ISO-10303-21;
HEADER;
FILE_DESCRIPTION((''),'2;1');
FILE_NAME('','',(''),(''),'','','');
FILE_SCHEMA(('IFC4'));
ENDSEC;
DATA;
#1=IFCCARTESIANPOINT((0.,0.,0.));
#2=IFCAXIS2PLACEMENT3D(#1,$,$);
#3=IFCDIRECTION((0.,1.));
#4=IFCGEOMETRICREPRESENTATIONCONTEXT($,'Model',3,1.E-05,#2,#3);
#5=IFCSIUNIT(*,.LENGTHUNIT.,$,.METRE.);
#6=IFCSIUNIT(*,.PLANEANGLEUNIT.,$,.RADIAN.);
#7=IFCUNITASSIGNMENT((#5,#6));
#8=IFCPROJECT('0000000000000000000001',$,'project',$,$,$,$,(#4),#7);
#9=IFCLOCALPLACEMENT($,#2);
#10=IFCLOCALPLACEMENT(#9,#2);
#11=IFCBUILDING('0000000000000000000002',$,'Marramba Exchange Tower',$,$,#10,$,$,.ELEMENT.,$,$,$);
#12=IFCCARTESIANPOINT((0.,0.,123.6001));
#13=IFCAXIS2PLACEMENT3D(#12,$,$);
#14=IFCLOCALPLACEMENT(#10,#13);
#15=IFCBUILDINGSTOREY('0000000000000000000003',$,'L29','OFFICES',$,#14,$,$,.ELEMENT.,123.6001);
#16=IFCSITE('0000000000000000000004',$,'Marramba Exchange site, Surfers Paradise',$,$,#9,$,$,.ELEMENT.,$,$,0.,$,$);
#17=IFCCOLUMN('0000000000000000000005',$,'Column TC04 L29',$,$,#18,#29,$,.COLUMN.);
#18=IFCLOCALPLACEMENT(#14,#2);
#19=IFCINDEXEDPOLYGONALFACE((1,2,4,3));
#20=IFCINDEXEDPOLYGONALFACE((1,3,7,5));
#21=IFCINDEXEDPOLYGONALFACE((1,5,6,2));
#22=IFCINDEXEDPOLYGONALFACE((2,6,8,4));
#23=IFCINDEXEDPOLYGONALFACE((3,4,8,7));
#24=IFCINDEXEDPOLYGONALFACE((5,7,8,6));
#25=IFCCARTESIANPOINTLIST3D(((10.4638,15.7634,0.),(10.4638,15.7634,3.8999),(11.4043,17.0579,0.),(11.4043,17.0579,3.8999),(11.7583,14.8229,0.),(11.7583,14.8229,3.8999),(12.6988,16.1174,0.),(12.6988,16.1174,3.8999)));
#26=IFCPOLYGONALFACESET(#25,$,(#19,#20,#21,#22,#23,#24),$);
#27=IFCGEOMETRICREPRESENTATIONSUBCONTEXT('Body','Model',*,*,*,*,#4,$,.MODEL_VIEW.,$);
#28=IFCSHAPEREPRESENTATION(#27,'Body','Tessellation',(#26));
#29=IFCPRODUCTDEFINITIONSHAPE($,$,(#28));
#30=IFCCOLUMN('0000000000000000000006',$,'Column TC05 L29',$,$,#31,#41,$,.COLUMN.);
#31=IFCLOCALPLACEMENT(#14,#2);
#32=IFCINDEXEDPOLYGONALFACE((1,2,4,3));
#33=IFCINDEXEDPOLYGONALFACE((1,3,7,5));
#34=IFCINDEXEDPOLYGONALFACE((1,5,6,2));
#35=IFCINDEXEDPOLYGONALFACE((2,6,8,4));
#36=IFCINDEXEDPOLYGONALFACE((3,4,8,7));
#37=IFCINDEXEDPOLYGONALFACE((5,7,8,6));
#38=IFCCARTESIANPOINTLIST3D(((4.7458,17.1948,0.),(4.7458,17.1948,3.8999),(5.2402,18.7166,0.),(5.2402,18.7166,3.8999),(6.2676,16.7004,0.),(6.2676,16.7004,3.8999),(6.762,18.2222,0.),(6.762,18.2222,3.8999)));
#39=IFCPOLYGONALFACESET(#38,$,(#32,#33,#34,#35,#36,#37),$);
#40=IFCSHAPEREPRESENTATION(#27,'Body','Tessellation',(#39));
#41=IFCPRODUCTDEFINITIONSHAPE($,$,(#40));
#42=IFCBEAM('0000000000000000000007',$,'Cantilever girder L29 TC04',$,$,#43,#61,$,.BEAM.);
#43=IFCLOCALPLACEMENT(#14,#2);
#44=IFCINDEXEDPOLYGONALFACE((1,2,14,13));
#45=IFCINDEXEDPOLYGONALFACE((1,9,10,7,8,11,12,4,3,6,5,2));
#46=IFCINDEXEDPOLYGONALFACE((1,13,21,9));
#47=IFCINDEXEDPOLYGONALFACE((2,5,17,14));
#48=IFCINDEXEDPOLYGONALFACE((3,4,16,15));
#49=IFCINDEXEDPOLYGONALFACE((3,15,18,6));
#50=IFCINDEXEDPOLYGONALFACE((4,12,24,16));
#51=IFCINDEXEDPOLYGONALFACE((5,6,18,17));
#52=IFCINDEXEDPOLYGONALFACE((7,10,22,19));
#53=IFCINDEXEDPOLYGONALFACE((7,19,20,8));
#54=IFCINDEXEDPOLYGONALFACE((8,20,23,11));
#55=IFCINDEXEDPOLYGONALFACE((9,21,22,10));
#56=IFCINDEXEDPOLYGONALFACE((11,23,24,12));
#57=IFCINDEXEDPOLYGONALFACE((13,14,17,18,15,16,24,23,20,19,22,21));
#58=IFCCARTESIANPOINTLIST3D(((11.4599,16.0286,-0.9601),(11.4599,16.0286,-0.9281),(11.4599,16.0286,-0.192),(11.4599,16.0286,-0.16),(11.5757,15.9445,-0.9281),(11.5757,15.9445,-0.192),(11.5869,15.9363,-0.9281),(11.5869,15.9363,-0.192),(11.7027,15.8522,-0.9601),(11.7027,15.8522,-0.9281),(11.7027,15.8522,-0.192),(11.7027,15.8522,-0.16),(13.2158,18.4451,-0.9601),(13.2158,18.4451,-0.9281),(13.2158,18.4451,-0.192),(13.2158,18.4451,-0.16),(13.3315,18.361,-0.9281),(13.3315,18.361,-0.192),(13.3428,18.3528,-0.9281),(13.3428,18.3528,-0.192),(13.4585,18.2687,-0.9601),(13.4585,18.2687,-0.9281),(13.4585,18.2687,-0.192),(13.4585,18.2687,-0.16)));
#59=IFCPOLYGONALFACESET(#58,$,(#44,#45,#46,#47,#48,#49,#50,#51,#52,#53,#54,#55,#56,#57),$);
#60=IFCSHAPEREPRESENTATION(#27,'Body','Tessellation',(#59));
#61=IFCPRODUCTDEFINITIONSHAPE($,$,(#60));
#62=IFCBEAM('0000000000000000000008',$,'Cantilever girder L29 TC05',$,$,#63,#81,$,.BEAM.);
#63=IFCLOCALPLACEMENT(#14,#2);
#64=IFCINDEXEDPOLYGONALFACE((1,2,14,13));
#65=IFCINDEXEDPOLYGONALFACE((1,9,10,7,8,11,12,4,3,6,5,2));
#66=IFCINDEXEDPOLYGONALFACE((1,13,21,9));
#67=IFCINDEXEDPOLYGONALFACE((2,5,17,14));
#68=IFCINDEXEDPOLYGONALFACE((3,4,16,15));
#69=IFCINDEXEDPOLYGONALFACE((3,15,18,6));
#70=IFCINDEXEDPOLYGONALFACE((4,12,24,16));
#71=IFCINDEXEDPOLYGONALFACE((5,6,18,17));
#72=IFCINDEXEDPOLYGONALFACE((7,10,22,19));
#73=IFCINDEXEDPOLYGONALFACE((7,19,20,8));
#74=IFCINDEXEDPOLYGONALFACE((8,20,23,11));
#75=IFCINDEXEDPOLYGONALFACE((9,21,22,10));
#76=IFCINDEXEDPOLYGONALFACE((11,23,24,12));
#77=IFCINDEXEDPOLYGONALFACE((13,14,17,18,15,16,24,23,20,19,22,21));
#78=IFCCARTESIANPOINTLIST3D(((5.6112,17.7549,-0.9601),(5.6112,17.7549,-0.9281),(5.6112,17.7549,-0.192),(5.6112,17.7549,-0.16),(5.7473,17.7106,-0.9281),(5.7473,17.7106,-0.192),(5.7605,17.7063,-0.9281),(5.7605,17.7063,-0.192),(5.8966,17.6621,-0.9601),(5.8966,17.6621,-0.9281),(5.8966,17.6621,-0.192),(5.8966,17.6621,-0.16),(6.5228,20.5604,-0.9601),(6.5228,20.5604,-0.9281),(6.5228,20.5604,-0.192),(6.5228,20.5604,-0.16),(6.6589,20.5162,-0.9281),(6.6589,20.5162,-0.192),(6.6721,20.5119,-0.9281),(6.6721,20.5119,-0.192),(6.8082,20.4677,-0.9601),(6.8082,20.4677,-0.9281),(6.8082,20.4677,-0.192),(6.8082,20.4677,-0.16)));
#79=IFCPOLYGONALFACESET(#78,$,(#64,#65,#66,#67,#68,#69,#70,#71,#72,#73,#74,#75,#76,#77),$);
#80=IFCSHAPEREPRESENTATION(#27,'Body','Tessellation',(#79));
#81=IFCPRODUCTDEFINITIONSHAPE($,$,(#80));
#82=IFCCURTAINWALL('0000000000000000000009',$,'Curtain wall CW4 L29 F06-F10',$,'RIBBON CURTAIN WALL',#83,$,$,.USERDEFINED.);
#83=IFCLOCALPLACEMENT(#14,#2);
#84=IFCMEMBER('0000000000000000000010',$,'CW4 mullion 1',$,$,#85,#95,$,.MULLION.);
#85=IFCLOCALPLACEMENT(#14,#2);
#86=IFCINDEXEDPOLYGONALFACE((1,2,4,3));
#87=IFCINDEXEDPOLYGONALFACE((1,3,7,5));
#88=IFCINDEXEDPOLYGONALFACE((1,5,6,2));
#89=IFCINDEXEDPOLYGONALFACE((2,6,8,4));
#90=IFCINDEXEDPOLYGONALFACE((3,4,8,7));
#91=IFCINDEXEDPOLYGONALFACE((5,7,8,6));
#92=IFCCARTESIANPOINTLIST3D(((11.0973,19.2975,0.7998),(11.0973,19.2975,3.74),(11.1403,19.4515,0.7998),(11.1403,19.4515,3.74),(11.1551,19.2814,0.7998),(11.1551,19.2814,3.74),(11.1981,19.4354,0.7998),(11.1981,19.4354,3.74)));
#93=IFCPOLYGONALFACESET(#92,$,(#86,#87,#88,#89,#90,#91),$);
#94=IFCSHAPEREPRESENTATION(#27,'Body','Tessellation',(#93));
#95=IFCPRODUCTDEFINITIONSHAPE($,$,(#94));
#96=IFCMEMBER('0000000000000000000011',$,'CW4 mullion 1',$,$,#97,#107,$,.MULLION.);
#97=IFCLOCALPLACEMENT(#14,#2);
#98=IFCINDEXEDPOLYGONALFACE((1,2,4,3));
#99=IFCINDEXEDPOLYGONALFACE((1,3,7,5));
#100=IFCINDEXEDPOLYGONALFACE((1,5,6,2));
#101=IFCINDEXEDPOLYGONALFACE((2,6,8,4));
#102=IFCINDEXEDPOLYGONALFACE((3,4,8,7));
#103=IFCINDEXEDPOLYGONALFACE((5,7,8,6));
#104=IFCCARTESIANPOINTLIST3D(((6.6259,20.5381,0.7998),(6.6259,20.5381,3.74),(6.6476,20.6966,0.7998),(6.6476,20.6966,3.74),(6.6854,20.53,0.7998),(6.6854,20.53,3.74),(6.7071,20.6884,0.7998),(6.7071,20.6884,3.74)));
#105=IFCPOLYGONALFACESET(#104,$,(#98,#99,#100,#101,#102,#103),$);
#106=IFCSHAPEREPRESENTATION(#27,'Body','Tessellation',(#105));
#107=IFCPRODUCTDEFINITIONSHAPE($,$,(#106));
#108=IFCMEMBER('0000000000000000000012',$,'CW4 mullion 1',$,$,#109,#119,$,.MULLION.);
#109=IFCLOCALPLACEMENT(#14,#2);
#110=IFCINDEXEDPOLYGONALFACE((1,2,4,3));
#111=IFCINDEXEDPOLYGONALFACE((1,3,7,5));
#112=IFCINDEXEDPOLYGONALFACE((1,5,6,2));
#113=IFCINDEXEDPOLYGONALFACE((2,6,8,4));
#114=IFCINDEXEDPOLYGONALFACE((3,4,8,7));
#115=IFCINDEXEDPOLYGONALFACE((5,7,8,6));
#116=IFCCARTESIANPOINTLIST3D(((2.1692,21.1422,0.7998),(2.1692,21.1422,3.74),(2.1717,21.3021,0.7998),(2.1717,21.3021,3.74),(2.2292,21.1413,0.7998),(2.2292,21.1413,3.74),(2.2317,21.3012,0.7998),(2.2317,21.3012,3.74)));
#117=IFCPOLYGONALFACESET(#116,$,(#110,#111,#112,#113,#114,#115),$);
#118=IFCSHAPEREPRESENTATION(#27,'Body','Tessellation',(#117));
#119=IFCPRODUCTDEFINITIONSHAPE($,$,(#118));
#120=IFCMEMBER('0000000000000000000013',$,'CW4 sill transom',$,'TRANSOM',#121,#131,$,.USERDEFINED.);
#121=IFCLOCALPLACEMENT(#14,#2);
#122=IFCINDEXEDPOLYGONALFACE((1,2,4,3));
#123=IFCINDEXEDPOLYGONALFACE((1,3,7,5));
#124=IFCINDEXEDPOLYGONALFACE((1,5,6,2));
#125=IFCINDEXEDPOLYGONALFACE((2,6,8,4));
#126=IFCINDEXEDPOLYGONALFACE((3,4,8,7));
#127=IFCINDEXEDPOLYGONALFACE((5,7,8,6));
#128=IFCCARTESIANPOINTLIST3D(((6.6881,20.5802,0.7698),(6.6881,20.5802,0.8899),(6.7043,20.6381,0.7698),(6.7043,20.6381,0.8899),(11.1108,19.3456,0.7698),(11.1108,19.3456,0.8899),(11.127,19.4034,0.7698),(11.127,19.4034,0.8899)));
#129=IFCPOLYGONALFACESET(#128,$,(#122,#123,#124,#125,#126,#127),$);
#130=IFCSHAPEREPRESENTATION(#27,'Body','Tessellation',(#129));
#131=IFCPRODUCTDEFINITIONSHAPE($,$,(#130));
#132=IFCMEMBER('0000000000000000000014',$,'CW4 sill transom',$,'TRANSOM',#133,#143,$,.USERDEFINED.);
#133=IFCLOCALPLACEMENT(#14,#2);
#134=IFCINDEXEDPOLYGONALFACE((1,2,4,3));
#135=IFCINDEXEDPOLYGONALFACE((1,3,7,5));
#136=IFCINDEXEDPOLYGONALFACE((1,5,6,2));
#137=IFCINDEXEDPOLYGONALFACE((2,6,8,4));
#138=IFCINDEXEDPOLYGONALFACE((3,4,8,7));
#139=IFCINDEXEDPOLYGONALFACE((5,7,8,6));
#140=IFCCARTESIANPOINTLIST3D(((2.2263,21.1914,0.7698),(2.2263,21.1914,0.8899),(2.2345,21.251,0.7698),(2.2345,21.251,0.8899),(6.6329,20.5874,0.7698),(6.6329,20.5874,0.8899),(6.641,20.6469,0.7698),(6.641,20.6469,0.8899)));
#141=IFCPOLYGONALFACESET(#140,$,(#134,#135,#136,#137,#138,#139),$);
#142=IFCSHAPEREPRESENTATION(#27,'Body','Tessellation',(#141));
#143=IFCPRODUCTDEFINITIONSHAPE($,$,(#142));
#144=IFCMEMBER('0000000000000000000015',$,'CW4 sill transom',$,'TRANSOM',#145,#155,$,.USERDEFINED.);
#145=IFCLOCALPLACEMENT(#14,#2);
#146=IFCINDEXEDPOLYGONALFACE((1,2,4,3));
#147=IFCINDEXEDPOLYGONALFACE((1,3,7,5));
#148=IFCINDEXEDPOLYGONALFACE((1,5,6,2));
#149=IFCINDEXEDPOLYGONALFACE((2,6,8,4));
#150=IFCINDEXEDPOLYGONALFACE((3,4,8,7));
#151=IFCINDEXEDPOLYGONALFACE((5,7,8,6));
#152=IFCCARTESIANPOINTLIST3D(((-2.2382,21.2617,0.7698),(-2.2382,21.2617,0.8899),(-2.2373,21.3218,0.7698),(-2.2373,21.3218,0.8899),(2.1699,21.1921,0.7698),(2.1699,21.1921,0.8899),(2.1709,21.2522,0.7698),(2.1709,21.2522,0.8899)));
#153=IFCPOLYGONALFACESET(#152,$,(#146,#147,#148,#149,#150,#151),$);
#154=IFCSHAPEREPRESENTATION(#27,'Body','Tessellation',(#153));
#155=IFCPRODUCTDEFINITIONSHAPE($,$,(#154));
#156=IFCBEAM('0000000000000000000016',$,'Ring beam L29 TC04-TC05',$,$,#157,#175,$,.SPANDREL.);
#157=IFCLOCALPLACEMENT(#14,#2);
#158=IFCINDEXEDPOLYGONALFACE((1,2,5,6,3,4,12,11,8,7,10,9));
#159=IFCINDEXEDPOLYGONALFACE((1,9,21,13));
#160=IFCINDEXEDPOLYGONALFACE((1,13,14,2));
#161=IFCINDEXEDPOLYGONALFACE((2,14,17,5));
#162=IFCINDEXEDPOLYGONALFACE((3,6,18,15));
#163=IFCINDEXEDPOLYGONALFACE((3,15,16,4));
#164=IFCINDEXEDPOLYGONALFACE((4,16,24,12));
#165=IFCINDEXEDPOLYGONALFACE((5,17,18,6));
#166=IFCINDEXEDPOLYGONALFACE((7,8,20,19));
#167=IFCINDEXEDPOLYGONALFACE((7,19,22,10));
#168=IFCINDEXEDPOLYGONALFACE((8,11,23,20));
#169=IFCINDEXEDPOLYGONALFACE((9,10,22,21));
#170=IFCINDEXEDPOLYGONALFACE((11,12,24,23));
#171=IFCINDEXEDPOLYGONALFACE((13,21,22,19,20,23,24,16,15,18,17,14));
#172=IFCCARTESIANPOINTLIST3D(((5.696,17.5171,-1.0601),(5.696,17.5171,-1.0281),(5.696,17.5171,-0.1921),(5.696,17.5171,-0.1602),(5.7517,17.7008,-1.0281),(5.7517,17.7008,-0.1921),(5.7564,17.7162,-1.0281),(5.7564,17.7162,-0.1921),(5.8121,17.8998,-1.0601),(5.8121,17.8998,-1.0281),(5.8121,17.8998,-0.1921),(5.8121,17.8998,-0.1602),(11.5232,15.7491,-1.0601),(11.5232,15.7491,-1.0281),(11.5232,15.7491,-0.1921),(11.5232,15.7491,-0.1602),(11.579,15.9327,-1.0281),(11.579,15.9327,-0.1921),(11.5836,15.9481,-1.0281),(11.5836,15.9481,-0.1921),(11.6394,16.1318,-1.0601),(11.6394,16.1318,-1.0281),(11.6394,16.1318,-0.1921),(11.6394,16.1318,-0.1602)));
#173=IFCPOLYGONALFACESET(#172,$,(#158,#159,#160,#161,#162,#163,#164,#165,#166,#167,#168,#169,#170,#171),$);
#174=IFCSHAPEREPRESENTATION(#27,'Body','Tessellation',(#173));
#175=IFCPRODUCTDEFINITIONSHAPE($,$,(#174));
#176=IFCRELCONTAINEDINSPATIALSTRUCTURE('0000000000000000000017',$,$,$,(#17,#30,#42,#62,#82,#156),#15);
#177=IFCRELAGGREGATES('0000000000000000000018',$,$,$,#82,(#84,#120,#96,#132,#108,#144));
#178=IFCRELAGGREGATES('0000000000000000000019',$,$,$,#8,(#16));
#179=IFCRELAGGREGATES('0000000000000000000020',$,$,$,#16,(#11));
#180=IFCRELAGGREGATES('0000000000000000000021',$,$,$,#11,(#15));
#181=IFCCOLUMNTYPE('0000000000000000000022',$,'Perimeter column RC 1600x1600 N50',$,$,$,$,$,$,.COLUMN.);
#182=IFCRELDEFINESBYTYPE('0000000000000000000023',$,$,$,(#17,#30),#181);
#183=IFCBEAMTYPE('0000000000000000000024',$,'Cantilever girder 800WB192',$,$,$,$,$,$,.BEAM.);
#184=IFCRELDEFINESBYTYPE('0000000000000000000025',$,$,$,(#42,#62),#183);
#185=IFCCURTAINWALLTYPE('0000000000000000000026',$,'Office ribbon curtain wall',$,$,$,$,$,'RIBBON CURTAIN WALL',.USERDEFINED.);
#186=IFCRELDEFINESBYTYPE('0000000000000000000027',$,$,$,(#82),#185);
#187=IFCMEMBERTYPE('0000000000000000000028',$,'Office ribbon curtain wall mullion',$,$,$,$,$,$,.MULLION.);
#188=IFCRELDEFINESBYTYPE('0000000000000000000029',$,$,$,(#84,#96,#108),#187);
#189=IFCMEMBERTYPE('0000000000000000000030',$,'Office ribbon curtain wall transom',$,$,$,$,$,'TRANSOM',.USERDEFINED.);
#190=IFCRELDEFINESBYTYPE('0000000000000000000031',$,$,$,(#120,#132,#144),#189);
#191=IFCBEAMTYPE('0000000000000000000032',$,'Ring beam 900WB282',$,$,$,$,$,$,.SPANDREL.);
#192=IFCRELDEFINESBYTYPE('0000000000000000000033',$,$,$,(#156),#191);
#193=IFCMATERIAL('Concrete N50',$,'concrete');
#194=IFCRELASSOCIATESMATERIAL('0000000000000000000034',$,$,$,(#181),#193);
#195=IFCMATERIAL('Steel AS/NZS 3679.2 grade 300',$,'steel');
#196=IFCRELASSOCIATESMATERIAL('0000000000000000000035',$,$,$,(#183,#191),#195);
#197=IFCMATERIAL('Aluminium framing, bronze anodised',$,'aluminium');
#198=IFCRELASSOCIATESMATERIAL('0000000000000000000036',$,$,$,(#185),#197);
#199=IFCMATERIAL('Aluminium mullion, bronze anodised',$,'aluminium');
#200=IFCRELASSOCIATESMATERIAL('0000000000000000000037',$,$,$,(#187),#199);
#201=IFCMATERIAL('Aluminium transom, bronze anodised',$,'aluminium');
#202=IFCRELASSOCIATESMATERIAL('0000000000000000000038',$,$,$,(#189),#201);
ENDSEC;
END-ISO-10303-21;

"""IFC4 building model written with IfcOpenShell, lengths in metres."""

from ifc_helpers import new_model, si_unit, direction, frame, origin, origin_2d, place, context, subcontext, project, spatial, rectangle, i_section, extrude, material, material_profile, profile_set, type_object, element, aggregate, save


model = new_model("IFC4")

# Units and contexts
model_context = context("Model", 3, precision=1e-05, world=origin(), true_north=direction((0.0, 1.0)))
body_context = subcontext(model_context, "Body", "Model", "MODEL_VIEW")
ifc_project = project(units=[si_unit("LENGTHUNIT", "METRE"), si_unit("PLANEANGLEUNIT", "RADIAN")], contexts=[model_context])

# Site, building, storey
site_placement = place(None, origin())
site = spatial("IfcSite", under=ifc_project, at=site_placement, Name="Marramba Exchange site, Surfers Paradise", CompositionType="ELEMENT", RefElevation=0.0)
building_placement = place(site_placement, origin())
building = spatial("IfcBuilding", under=site, at=building_placement, Name="Marramba Exchange Tower", CompositionType="ELEMENT")
storey_placement = place(building_placement, frame((0.0, 0.0, 123.6001)))
storey = spatial("IfcBuildingStorey", under=building, at=storey_placement, Name="L29", Description="OFFICES", CompositionType="ELEMENT", Elevation=123.6001)

# Columns
ifc_material_1 = material(Name="Concrete N50", Category="concrete")
ifc_material_profile_1 = material_profile(ifc_material_1, rectangle(XDim=1.6001, YDim=1.6001, at=origin_2d()), Name="RC 1600x1600")
ifc_profile_set_1 = profile_set([ifc_material_profile_1], Name="Concrete N50")
column_type = type_object("IfcColumnType", Name="Perimeter column RC 1600x1600 N50", PredefinedType="COLUMN", material=ifc_profile_set_1)
for number, where, z_axis, x_axis, name in (
    (1, (11.5813, 15.9404, 0.0), (0.0, 0.0, 1.0), (0.587785, 0.809017, 0.0), "Column TC04 L29"),
    (2, (5.7539, 17.7085, 0.0), (0.0, 0.0, 1.0), (0.309017, 0.951057, 0.0), "Column TC05 L29"),
):
    element("IfcColumn", number, at=place(storey_placement, frame(where, z_axis=z_axis, x_axis=x_axis)), inside=storey, type_object=column_type, Name=name, PredefinedType="COLUMN", context=body_context, shape_type="SweptSolid", body=[
        extrude(rectangle(XDim=1.6001, YDim=1.6001, at=origin_2d()), origin(), (0.0, 0.0, 1.0), 3.8999),
    ])

# Beams
ifc_material_2 = material(Name="Steel AS/NZS 3679.2 grade 300", Category="steel")
ifc_material_profile_2 = material_profile(ifc_material_2, i_section(OverallWidth=0.3, OverallDepth=0.8, WebThickness=0.0139, FlangeThickness=0.032, at=origin_2d()), Name="800WB192")
ifc_profile_set_2 = profile_set([ifc_material_profile_2], Name="Steel AS/NZS 3679.2 grade 300")
beam_type_1 = type_object("IfcBeamType", Name="Cantilever girder 800WB192", PredefinedType="BEAM", material=ifc_profile_set_2)
beam_1_placement = place(storey_placement, frame((11.5813, 15.9404, -0.5601), z_axis=(0.587822, 0.80899, 0.0), x_axis=(-0.80899, 0.587822, 0.0)))
element("IfcBeam", 3, at=beam_1_placement, inside=storey, type_object=beam_type_1, Name="Cantilever girder L29 TC04", PredefinedType="BEAM", context=body_context, shape_type="SweptSolid", body=[
    extrude(i_section(OverallWidth=0.3, OverallDepth=0.8, WebThickness=0.0139, FlangeThickness=0.032, at=origin_2d()), origin(), (0.0, 0.0, 1.0), 2.9871),
])
beam_2_placement = place(storey_placement, frame((5.7539, 17.7085, -0.5601), z_axis=(0.309019, 0.951056, 0.0), x_axis=(-0.951056, 0.309019, 0.0)))
element("IfcBeam", 4, at=beam_2_placement, inside=storey, type_object=beam_type_1, Name="Cantilever girder L29 TC05", PredefinedType="BEAM", context=body_context, shape_type="SweptSolid", body=[
    extrude(i_section(OverallWidth=0.3, OverallDepth=0.8, WebThickness=0.0139, FlangeThickness=0.032, at=origin_2d()), origin(), (0.0, 0.0, 1.0), 2.95),
])

# Curtain wall, members
ifc_material_3 = material(Name="Aluminium framing, bronze anodised", Category="aluminium")
curtain_wall_type = type_object("IfcCurtainWallType", Name="Office ribbon curtain wall", ElementType="RIBBON CURTAIN WALL", PredefinedType="USERDEFINED", material=ifc_material_3)
curtain_wall_1_placement = place(storey_placement, origin())
curtain_wall_1 = element("IfcCurtainWall", 5, at=curtain_wall_1_placement, inside=storey, type_object=curtain_wall_type, Name="Curtain wall CW4 L29 F06-F10", ObjectType="RIBBON CURTAIN WALL", PredefinedType="USERDEFINED")
ifc_material_4 = material(Name="Aluminium mullion, bronze anodised", Category="aluminium")
ifc_material_profile_3 = material_profile(ifc_material_4, rectangle(XDim=0.1599, YDim=0.0601, at=origin_2d()), Name="CW4 mullion 60x160")
ifc_profile_set_3 = profile_set([ifc_material_profile_3], Name="Aluminium mullion, bronze anodised")
member_type_1 = type_object("IfcMemberType", Name="Office ribbon curtain wall mullion", PredefinedType="MULLION", material=ifc_profile_set_3)
member_1_placement = place(storey_placement, frame((11.1477, 19.3665, 0.7998), z_axis=(0.0, 0.0, 1.0), x_axis=(-0.268865, -0.963178, 0.0)))
member_1 = element("IfcMember", 6, at=member_1_placement, type_object=member_type_1, Name="CW4 mullion 1", PredefinedType="MULLION", context=body_context, shape_type="SweptSolid", body=[
    extrude(rectangle(XDim=0.1599, YDim=0.0601, at=origin_2d()), origin(), (0.0, 0.0, 1.0), 2.9402),
])
member_2_placement = place(storey_placement, frame((6.6665, 20.6133, 0.7998), z_axis=(0.0, 0.0, 1.0), x_axis=(-0.135786, -0.990738, 0.0)))
member_2 = element("IfcMember", 7, at=member_2_placement, type_object=member_type_1, Name="CW4 mullion 1", PredefinedType="MULLION", context=body_context, shape_type="SweptSolid", body=[
    extrude(rectangle(XDim=0.1599, YDim=0.0601, at=origin_2d()), origin(), (0.0, 0.0, 1.0), 2.9402),
])
member_3_placement = place(storey_placement, frame((2.2004, 21.2217, 0.7998), z_axis=(0.0, 0.0, 1.0), x_axis=(-0.015756, -0.999876, 0.0)))
member_3 = element("IfcMember", 8, at=member_3_placement, type_object=member_type_1, Name="CW4 mullion 1", PredefinedType="MULLION", context=body_context, shape_type="SweptSolid", body=[
    extrude(rectangle(XDim=0.1599, YDim=0.0601, at=origin_2d()), origin(), (0.0, 0.0, 1.0), 2.9402),
])
ifc_material_5 = material(Name="Aluminium transom, bronze anodised", Category="aluminium")
ifc_material_profile_4 = material_profile(ifc_material_5, rectangle(XDim=0.0601, YDim=0.1201, at=origin_2d()), Name="CW4 transom 60x120")
ifc_profile_set_4 = profile_set([ifc_material_profile_4], Name="Aluminium transom, bronze anodised")
member_type_2 = type_object("IfcMemberType", Name="Office ribbon curtain wall transom", ElementType="TRANSOM", PredefinedType="USERDEFINED", material=ifc_profile_set_4)
member_4_placement = place(storey_placement, frame((11.1189, 19.3745, 0.8298), z_axis=(-0.963174, 0.26888, 0.0), x_axis=(-0.26888, -0.963174, 0.0)))
member_4 = element("IfcMember", 9, at=member_4_placement, type_object=member_type_2, Name="CW4 sill transom", ObjectType="TRANSOM", PredefinedType="USERDEFINED", context=body_context, shape_type="SweptSolid", body=[
    extrude(rectangle(XDim=0.0601, YDim=0.1201, at=origin_2d()), origin(), (0.0, 0.0, 1.0), 4.5918),
])
member_5_placement = place(storey_placement, frame((6.637, 20.6172, 0.8298), z_axis=(-0.990736, 0.135801, 0.0), x_axis=(-0.135801, -0.990736, 0.0)))
member_5 = element("IfcMember", 10, at=member_5_placement, type_object=member_type_2, Name="CW4 sill transom", ObjectType="TRANSOM", PredefinedType="USERDEFINED", context=body_context, shape_type="SweptSolid", body=[
    extrude(rectangle(XDim=0.0601, YDim=0.1201, at=origin_2d()), origin(), (0.0, 0.0, 1.0), 4.4478),
])
member_6_placement = place(storey_placement, frame((2.1704, 21.2222, 0.8298), z_axis=(-0.999875, 0.015782, 0.0), x_axis=(-0.015782, -0.999875, 0.0)))
member_6 = element("IfcMember", 11, at=member_6_placement, type_object=member_type_2, Name="CW4 sill transom", ObjectType="TRANSOM", PredefinedType="USERDEFINED", context=body_context, shape_type="SweptSolid", body=[
    extrude(rectangle(XDim=0.0601, YDim=0.1201, at=origin_2d()), origin(), (0.0, 0.0, 1.0), 4.4087),
])

# Beam
ifc_material_profile_5 = material_profile(ifc_material_2, i_section(OverallWidth=0.3999, OverallDepth=0.8999, WebThickness=0.0161, FlangeThickness=0.032, at=origin_2d()), Name="900WB282")
ifc_profile_set_5 = profile_set([ifc_material_profile_5], Name="Steel AS/NZS 3679.2 grade 300")
beam_type_2 = type_object("IfcBeamType", Name="Ring beam 900WB282", PredefinedType="SPANDREL", material=ifc_profile_set_5)
beam_3_placement = place(storey_placement, frame((11.5813, 15.9404, -0.6101), z_axis=(-0.956925, 0.290337, 0.0), x_axis=(-0.290337, -0.956925, 0.0)))
element("IfcBeam", 12, at=beam_3_placement, inside=storey, type_object=beam_type_2, Name="Ring beam L29 TC04-TC05", PredefinedType="SPANDREL", context=body_context, shape_type="SweptSolid", body=[
    extrude(i_section(OverallWidth=0.3999, OverallDepth=0.8999, WebThickness=0.0161, FlangeThickness=0.032, at=origin_2d()), origin(), (0.0, 0.0, 1.0), 6.0896),
])

aggregate(curtain_wall_1, [member_1, member_4, member_2, member_5, member_3, member_6])

save(model, "model.ifc")
